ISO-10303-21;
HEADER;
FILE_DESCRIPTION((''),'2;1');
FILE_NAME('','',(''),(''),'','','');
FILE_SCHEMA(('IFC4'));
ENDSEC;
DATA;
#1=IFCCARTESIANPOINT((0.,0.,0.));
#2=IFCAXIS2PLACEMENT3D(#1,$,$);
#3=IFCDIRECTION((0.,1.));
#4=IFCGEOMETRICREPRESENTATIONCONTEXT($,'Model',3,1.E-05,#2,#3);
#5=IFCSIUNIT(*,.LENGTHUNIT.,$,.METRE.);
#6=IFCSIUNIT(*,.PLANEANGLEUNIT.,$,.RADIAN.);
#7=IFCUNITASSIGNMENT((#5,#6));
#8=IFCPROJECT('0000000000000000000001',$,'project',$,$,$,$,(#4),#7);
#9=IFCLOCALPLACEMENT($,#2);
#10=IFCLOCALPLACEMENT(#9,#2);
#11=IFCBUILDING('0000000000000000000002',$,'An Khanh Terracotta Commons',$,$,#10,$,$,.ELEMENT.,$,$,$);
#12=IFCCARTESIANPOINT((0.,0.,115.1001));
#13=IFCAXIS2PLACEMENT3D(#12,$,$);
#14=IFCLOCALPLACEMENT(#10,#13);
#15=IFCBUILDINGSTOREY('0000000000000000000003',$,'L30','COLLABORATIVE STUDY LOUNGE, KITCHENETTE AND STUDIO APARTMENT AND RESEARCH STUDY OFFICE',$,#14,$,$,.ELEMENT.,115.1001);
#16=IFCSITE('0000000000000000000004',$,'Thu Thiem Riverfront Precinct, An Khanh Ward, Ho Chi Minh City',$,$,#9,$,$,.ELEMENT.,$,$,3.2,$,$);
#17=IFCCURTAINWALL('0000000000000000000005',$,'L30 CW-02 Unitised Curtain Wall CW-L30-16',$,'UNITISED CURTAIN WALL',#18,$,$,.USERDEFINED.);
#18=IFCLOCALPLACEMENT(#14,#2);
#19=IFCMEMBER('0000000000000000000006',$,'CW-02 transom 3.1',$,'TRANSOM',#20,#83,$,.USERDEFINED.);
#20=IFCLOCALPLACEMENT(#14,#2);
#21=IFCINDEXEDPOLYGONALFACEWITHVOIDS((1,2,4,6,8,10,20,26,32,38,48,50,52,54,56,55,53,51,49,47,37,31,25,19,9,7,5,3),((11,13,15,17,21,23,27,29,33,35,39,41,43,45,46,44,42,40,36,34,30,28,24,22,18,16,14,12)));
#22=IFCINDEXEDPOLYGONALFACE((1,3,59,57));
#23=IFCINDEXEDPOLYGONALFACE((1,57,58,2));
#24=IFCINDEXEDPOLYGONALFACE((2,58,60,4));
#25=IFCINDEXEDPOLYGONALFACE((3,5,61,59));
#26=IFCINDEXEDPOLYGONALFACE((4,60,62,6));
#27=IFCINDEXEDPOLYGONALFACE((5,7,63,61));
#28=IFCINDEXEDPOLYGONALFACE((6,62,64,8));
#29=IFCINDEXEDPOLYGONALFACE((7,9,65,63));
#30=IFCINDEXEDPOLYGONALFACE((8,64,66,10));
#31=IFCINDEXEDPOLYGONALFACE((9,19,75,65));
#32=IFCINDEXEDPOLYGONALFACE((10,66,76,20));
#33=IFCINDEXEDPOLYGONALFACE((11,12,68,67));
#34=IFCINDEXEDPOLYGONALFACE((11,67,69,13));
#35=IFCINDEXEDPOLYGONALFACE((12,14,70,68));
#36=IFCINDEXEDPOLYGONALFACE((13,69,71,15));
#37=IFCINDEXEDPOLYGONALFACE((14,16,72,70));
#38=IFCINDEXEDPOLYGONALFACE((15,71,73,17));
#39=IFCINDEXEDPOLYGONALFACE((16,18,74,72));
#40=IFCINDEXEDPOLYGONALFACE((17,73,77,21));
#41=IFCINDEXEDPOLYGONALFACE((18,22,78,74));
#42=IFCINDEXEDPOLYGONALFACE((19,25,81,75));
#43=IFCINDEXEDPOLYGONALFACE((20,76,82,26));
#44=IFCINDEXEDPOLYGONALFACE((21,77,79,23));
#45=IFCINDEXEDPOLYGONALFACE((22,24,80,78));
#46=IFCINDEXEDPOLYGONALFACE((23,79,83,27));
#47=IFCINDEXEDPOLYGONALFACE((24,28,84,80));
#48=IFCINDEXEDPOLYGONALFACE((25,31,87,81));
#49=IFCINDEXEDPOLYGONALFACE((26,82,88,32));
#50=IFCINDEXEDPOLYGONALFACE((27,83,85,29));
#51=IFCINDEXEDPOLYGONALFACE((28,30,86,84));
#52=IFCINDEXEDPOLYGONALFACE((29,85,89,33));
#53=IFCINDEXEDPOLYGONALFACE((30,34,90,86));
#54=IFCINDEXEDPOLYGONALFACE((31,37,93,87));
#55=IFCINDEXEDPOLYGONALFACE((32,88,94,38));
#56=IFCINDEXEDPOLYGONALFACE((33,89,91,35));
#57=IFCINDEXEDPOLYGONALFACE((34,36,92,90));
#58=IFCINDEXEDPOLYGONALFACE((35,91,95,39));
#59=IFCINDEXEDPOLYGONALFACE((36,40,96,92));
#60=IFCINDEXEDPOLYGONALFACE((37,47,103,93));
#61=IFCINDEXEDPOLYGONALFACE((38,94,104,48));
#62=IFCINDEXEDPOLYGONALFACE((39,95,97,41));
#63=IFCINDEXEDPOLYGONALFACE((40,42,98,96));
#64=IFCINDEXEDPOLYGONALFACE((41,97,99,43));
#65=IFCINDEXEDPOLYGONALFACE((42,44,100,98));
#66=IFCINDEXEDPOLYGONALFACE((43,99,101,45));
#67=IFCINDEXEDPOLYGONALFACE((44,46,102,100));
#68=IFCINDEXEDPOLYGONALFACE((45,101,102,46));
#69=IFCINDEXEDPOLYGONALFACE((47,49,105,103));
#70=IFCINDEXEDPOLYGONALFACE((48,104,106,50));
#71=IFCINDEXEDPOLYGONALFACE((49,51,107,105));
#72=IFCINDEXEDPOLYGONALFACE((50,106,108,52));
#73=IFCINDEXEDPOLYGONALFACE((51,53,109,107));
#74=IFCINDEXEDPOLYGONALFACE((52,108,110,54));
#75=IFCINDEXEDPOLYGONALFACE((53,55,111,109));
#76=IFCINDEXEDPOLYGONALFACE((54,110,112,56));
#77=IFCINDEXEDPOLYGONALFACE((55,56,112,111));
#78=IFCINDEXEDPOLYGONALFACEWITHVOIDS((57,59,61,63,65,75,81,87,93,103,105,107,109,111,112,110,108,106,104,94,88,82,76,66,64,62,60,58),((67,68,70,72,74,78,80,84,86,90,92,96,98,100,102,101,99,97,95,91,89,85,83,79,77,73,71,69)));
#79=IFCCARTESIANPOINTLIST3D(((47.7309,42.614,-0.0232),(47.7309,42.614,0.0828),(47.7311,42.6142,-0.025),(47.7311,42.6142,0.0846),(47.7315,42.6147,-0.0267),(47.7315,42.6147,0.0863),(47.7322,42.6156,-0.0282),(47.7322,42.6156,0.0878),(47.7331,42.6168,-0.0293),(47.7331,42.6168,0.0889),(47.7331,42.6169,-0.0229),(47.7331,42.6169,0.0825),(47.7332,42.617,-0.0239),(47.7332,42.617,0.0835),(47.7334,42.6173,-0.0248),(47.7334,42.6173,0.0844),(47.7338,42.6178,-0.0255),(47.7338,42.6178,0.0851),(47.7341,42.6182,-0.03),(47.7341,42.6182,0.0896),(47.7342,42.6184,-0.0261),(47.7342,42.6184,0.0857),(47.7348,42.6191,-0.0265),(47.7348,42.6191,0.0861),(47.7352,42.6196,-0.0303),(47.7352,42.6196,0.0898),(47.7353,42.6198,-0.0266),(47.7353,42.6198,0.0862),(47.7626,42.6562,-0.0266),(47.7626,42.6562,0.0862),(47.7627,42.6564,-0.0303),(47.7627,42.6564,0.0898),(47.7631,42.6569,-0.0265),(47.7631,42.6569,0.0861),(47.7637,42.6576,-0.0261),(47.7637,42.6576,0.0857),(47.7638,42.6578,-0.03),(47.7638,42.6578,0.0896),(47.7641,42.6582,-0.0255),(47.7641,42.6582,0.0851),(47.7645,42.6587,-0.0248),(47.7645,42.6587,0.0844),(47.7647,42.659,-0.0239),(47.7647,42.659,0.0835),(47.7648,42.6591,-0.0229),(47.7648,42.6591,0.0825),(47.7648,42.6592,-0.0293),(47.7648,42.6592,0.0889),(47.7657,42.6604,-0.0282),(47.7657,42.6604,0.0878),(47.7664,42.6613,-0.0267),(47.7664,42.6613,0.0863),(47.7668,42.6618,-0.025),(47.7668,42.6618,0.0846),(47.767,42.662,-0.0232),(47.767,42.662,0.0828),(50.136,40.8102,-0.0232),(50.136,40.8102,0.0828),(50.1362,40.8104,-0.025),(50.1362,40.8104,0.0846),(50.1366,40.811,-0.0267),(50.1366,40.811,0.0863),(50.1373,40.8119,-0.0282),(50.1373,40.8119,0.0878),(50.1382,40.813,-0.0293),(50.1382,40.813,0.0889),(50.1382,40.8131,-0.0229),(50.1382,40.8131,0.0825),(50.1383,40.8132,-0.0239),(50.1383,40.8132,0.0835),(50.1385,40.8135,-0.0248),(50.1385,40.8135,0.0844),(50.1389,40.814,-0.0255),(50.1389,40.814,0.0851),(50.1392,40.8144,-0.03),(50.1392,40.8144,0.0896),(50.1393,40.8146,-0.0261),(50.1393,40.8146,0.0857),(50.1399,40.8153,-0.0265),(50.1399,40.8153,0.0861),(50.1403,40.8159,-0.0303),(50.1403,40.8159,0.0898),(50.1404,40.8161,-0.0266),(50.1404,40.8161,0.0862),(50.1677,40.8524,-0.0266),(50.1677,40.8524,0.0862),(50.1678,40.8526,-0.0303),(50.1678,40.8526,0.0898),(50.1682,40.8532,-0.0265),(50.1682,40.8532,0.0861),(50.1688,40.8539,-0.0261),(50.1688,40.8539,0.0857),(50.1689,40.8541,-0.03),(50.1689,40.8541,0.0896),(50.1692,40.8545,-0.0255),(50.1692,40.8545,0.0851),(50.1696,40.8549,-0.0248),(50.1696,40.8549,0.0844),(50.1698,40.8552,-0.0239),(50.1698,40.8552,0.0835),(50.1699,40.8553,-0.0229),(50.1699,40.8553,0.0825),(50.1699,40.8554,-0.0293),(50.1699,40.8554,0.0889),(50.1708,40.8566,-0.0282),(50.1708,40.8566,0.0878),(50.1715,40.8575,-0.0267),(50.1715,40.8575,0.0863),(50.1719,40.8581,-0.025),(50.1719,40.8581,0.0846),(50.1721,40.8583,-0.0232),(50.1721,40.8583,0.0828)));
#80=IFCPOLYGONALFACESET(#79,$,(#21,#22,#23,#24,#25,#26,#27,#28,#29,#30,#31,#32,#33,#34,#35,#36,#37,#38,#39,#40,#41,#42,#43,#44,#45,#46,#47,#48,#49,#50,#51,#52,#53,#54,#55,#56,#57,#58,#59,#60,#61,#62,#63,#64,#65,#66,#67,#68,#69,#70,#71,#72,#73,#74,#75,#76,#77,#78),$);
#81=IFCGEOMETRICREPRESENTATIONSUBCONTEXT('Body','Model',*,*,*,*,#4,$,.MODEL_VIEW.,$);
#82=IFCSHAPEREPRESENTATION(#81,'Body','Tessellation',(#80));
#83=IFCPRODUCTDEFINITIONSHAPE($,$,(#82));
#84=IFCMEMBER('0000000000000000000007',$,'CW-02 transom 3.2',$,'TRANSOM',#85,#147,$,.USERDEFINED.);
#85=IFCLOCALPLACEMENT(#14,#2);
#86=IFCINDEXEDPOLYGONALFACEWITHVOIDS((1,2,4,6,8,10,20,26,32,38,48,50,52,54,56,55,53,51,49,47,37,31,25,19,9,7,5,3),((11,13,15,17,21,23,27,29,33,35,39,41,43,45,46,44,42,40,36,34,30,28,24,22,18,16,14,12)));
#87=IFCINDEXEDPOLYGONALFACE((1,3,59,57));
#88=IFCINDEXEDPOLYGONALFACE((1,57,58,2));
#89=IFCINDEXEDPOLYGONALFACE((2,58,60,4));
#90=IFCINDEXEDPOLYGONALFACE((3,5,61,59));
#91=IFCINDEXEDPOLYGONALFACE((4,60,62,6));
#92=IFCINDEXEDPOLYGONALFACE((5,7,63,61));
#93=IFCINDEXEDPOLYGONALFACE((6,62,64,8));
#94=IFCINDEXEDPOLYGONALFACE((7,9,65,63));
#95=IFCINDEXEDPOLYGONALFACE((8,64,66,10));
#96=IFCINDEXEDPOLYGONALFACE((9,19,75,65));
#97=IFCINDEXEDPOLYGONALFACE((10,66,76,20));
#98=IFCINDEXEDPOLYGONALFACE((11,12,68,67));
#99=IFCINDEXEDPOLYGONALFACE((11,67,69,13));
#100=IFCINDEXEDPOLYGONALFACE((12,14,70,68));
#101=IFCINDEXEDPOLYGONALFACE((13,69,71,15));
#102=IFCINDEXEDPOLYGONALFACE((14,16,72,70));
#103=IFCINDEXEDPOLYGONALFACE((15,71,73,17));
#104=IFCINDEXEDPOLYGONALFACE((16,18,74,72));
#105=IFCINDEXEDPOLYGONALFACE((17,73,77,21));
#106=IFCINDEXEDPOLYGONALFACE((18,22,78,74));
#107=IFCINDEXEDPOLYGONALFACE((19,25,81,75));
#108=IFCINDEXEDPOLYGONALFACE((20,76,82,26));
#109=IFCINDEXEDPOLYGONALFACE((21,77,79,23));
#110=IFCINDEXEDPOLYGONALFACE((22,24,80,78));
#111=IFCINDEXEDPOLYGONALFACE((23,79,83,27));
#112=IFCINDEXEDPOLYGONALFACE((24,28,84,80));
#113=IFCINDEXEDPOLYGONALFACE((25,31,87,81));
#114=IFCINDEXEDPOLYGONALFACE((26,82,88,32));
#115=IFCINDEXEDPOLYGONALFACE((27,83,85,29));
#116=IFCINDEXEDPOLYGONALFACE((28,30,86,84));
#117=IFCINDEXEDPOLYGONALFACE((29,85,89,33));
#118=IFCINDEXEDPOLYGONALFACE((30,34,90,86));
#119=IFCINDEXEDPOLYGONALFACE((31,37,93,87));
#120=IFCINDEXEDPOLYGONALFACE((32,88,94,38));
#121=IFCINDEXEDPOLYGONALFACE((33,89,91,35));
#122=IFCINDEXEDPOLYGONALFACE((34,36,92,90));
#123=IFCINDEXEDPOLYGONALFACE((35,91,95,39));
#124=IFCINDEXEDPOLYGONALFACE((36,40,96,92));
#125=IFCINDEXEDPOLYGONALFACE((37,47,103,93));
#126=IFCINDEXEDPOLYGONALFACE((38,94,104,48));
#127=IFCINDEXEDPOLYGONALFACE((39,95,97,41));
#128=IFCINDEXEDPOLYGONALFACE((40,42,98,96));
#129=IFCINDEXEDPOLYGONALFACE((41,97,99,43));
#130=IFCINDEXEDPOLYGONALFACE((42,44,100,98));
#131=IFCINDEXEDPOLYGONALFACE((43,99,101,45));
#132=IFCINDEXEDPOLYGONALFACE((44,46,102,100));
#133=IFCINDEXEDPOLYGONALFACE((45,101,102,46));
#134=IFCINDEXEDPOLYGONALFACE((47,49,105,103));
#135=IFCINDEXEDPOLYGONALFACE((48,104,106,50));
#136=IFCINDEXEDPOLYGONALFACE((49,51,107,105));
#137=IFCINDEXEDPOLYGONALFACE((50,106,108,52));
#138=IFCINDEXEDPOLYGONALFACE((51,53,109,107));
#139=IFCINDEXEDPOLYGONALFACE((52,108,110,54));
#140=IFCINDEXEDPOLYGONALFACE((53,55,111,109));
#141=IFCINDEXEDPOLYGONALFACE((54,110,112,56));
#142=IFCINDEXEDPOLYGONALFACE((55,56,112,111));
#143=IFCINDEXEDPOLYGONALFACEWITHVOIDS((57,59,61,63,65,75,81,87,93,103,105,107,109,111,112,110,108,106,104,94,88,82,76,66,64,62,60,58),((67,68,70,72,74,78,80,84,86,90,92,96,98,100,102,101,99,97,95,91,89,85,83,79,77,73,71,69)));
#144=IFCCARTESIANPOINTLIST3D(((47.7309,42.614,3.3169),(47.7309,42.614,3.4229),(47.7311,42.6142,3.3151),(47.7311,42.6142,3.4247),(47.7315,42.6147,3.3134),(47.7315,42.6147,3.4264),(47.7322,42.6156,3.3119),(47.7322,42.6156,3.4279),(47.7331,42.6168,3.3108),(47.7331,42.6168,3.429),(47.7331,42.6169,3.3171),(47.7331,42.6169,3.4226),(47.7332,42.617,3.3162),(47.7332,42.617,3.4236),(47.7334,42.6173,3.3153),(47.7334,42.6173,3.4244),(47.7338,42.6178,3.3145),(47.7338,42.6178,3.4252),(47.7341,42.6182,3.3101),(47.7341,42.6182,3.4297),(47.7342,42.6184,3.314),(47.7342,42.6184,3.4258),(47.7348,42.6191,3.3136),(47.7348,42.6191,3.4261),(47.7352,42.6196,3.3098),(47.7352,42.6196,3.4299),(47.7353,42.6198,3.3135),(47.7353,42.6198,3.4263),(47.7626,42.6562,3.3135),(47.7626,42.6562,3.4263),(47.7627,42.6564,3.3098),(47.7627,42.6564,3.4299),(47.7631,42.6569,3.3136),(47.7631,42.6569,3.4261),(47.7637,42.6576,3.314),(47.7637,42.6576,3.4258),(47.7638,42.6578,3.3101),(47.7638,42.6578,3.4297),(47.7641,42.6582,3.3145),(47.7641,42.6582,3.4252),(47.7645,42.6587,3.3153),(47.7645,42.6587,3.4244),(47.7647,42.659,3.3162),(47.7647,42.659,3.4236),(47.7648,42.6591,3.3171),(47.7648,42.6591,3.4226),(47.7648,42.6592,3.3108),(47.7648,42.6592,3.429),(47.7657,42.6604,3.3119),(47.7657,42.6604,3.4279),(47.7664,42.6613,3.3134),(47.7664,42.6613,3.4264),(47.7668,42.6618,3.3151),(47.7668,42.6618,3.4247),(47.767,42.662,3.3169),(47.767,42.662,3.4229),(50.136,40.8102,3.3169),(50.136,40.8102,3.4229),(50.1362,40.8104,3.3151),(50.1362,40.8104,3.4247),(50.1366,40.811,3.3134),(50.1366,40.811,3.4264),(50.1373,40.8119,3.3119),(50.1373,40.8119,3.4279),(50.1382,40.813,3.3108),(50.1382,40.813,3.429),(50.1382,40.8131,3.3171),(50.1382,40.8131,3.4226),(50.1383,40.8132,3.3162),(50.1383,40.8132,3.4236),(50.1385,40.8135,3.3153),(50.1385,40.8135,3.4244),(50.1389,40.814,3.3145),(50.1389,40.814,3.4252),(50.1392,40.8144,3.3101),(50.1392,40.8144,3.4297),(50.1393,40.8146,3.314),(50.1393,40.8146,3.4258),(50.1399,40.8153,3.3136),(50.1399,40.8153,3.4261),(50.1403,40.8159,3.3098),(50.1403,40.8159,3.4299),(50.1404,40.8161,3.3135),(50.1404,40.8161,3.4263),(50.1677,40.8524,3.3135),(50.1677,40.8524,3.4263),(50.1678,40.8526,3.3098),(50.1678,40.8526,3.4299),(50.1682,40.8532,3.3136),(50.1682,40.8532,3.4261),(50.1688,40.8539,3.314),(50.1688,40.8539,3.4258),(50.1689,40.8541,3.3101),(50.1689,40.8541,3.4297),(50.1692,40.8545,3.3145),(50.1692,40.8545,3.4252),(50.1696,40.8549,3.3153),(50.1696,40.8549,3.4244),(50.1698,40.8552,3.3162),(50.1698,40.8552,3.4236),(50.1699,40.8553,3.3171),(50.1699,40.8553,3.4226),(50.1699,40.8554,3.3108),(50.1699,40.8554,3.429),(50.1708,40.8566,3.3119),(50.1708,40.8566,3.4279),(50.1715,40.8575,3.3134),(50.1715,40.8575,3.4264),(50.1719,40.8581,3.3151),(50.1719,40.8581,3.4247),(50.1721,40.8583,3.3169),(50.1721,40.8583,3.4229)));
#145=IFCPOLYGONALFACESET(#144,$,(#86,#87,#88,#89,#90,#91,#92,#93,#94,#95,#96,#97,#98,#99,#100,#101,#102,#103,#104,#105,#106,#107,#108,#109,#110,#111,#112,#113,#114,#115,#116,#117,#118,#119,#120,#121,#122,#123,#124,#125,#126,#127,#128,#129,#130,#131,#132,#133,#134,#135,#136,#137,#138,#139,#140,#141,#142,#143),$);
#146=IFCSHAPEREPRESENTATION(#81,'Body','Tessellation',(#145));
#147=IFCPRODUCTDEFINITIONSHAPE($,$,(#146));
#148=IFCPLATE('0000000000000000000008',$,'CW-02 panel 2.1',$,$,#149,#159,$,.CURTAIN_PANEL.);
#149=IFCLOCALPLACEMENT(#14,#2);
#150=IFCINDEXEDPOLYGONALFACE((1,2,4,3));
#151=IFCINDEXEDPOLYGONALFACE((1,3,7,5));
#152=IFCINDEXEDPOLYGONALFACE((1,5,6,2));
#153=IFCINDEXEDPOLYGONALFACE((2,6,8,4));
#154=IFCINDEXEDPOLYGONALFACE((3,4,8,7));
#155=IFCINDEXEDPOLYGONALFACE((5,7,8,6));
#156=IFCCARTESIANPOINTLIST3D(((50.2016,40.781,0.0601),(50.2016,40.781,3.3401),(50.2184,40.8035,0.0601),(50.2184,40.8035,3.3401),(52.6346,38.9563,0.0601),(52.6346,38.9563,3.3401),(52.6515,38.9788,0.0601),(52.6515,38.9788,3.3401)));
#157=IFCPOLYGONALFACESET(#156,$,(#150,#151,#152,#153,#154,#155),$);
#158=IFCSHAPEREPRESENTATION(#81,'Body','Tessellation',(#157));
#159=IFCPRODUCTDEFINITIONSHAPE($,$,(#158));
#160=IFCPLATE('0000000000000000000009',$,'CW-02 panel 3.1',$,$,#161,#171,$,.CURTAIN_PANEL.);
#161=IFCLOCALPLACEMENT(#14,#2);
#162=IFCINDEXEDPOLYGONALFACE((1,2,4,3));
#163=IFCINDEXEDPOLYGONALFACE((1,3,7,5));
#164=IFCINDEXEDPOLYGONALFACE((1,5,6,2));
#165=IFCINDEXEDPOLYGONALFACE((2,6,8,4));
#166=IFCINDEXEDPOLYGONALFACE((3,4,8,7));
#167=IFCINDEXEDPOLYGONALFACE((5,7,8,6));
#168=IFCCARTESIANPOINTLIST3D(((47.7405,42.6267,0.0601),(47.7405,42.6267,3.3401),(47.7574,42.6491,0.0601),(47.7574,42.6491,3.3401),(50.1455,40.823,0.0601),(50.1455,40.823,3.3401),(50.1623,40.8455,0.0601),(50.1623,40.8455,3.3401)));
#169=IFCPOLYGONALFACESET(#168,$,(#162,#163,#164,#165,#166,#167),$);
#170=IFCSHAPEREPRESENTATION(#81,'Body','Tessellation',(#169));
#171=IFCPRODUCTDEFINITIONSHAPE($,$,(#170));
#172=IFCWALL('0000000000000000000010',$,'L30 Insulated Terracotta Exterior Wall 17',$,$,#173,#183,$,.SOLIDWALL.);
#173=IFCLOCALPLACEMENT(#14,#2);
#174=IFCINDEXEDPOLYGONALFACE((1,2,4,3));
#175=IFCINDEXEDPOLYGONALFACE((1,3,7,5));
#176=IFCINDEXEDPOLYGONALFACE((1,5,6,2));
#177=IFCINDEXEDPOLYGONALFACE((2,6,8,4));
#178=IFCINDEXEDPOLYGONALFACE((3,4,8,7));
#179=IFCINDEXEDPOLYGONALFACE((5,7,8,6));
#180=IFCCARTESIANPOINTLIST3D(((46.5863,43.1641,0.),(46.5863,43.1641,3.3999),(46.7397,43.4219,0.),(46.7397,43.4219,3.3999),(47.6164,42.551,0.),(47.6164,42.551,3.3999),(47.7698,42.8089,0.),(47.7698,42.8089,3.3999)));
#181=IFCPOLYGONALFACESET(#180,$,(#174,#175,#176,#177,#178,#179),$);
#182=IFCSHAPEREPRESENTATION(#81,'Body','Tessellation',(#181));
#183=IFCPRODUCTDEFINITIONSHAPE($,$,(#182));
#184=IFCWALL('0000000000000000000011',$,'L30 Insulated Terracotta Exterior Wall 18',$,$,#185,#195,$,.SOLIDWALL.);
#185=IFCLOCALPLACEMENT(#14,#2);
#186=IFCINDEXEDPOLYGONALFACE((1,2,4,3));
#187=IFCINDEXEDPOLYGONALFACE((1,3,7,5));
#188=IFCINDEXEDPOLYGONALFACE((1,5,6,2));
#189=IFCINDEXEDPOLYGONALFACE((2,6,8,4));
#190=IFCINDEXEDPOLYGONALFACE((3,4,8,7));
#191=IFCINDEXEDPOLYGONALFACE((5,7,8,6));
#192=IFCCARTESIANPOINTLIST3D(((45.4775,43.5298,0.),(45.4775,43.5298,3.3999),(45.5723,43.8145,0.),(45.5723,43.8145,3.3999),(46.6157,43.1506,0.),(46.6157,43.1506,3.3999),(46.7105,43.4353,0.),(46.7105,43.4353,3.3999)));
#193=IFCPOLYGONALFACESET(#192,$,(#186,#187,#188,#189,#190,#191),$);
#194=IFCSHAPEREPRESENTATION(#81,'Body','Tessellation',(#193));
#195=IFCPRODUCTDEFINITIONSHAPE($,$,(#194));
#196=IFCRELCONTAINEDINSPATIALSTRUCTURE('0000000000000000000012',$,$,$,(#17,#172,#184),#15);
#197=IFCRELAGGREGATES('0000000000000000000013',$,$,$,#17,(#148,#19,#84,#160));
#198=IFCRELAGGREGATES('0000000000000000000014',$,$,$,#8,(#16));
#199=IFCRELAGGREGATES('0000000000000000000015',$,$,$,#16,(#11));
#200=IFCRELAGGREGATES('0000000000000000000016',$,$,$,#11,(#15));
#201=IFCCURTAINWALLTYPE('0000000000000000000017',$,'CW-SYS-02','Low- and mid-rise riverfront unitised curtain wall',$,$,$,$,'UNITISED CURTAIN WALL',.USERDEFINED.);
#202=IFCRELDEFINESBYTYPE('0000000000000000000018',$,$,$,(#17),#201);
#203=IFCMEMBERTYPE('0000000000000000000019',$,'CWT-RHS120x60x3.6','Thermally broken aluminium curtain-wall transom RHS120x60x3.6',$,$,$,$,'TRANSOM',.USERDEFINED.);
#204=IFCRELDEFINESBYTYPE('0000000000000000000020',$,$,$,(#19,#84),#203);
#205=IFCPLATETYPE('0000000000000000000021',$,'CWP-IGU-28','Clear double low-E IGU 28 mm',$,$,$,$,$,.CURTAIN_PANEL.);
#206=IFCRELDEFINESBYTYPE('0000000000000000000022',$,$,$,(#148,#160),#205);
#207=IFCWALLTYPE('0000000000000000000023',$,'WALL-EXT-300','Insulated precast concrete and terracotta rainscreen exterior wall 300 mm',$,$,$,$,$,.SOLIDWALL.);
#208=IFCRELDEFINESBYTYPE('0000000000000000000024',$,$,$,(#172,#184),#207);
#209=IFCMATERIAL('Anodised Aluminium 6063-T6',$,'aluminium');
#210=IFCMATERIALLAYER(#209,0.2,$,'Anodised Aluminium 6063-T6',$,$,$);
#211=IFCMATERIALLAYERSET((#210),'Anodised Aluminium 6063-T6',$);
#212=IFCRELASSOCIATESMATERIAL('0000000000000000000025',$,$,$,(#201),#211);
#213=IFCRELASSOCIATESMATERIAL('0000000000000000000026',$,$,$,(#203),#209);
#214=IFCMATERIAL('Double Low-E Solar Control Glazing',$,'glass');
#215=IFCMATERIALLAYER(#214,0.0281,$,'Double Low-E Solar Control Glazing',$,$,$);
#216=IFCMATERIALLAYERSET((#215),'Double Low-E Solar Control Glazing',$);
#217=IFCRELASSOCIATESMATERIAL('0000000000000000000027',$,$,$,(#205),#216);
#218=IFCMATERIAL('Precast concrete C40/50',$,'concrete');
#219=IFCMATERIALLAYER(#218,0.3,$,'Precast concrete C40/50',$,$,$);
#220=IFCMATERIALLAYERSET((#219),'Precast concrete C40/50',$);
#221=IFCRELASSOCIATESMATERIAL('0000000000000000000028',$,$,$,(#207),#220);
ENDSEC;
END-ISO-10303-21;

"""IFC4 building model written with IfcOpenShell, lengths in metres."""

from ifc_helpers import new_model, si_unit, direction, frame, frame_2d, origin, origin_2d, place, context, subcontext, project, spatial, rectangle, hollow_rectangle, extrude, material, layer, layer_set, material_profile, profile_set, type_object, element, aggregate, save


model = new_model("IFC4")

# Units and contexts
model_context = context("Model", 3, precision=1e-05, world=origin(), true_north=direction((0.0, 1.0)))
body_context = subcontext(model_context, "Body", "Model", "MODEL_VIEW")
ifc_project = project(units=[si_unit("LENGTHUNIT", "METRE"), si_unit("PLANEANGLEUNIT", "RADIAN")], contexts=[model_context])

# Site, building, storey
site_placement = place(None, origin())
site = spatial("IfcSite", under=ifc_project, at=site_placement, Name="Thu Thiem Riverfront Precinct, An Khanh Ward, Ho Chi Minh City", CompositionType="ELEMENT", RefElevation=3.2)
building_placement = place(site_placement, origin())
building = spatial("IfcBuilding", under=site, at=building_placement, Name="An Khanh Terracotta Commons", CompositionType="ELEMENT")
storey_placement = place(building_placement, frame((0.0, 0.0, 115.1001)))
storey = spatial("IfcBuildingStorey", under=building, at=storey_placement, Name="L30", Description="COLLABORATIVE STUDY LOUNGE, KITCHENETTE AND STUDIO APARTMENT AND RESEARCH STUDY OFFICE", CompositionType="ELEMENT", Elevation=115.1001)

# Curtain wall, members, plates
ifc_material_1 = material(Name="Anodised Aluminium 6063-T6", Category="aluminium")
ifc_layer_1 = layer(ifc_material_1, 0.2, Name="Anodised Aluminium 6063-T6")
ifc_layer_set_1 = layer_set([ifc_layer_1], Name="Anodised Aluminium 6063-T6")
curtain_wall_type = type_object("IfcCurtainWallType", Name="CW-SYS-02", Description="Low- and mid-rise riverfront unitised curtain wall", ElementType="UNITISED CURTAIN WALL", PredefinedType="USERDEFINED", material=ifc_layer_set_1)
curtain_wall_placement = place(storey_placement, origin())
curtain_wall = element("IfcCurtainWall", 1, at=curtain_wall_placement, inside=storey, type_object=curtain_wall_type, Name="L30 CW-02 Unitised Curtain Wall CW-L30-16", ObjectType="UNITISED CURTAIN WALL", PredefinedType="USERDEFINED")
ifc_material_profile_1 = material_profile(ifc_material_1, hollow_rectangle(XDim=0.0601, YDim=0.1201, WallThickness=0.0037, InnerFilletRadius=0.0037, OuterFilletRadius=0.0071, at=origin_2d()), Name="RHS120x60x3.6")
ifc_profile_set_1 = profile_set([ifc_material_profile_1], Name="Anodised Aluminium 6063-T6")
member_type_1 = type_object("IfcMemberType", Name="CWT-RHS120x60x3.6", Description="Thermally broken aluminium curtain-wall transom RHS120x60x3.6", ElementType="TRANSOM", PredefinedType="USERDEFINED", material=ifc_profile_set_1)
member_1_placement = place(storey_placement, frame((50.1541, 40.8342, 0.0298), z_axis=(-0.80001, 0.599987, 0.0), x_axis=(-0.599987, -0.80001, 0.0)))
member_1 = element("IfcMember", 2, at=member_1_placement, type_object=member_type_1, Name="CW-02 transom 3.1", ObjectType="TRANSOM", PredefinedType="USERDEFINED", context=body_context, shape_type="SweptSolid", body=[
    extrude(hollow_rectangle(XDim=0.0601, YDim=0.1201, WallThickness=0.0037, InnerFilletRadius=0.0037, OuterFilletRadius=0.0071, at=origin_2d()), origin(), (0.0, 0.0, 1.0), 3.0063),
])
member_2_placement = place(storey_placement, frame((50.1541, 40.8342, 3.3699), z_axis=(-0.80001, 0.599987, 0.0), x_axis=(-0.599987, -0.80001, 0.0)))
member_2 = element("IfcMember", 3, at=member_2_placement, type_object=member_type_1, Name="CW-02 transom 3.2", ObjectType="TRANSOM", PredefinedType="USERDEFINED", context=body_context, shape_type="SweptSolid", body=[
    extrude(hollow_rectangle(XDim=0.0601, YDim=0.1201, WallThickness=0.0037, InnerFilletRadius=0.0037, OuterFilletRadius=0.0071, at=origin_2d()), origin(), (0.0, 0.0, 1.0), 3.0063),
])
ifc_material_2 = material(Name="Double Low-E Solar Control Glazing", Category="glass")
ifc_layer_2 = layer(ifc_material_2, 0.0281, Name="Double Low-E Solar Control Glazing")
ifc_layer_set_2 = layer_set([ifc_layer_2], Name="Double Low-E Solar Control Glazing")
plate_type = type_object("IfcPlateType", Name="CWP-IGU-28", Description="Clear double low-E IGU 28 mm", PredefinedType="CURTAIN_PANEL", material=ifc_layer_set_2)
plate_1_placement = place(storey_placement, frame((51.4265, 39.8799, 0.0601), z_axis=(0.0, 0.0, 1.0), x_axis=(-0.800013, 0.599983, 0.0)))
plate_1 = element("IfcPlate", 4, at=plate_1_placement, type_object=plate_type, Name="CW-02 panel 2.1", PredefinedType="CURTAIN_PANEL", context=body_context, shape_type="SweptSolid", body=[
    extrude(rectangle(XDim=3.0413, YDim=0.0281, at=origin_2d()), origin(), (0.0, 0.0, 1.0), 3.28),
])
plate_2_placement = place(storey_placement, frame((48.9514, 41.7361, 0.0601), z_axis=(0.0, 0.0, 1.0), x_axis=(-0.800013, 0.599983, 0.0)))
plate_2 = element("IfcPlate", 5, at=plate_2_placement, type_object=plate_type, Name="CW-02 panel 3.1", PredefinedType="CURTAIN_PANEL", context=body_context, shape_type="SweptSolid", body=[
    extrude(rectangle(XDim=3.0061, YDim=0.0281, at=origin_2d()), origin(), (0.0, 0.0, 1.0), 3.28),
])
aggregate(curtain_wall, [plate_1, member_1, member_2, plate_2])

# Walls
ifc_material_3 = material(Name="Precast concrete C40/50", Category="concrete")
ifc_layer_3 = layer(ifc_material_3, 0.3, Name="Precast concrete C40/50")
ifc_layer_set_3 = layer_set([ifc_layer_3], Name="Precast concrete C40/50")
wall_type = type_object("IfcWallType", Name="WALL-EXT-300", Description="Insulated precast concrete and terracotta rainscreen exterior wall 300 mm", PredefinedType="SOLIDWALL", material=ifc_layer_set_3)
wall_1_placement = place(storey_placement, frame((47.6931, 42.6799, 0.0), z_axis=(0.0, 0.0, 1.0), x_axis=(-0.859321, 0.511437, 0.0)))
element("IfcWall", 6, at=wall_1_placement, inside=storey, type_object=wall_type, Name="L30 Insulated Terracotta Exterior Wall 17", PredefinedType="SOLIDWALL", context=body_context, shape_type="SweptSolid", body=[
    extrude(rectangle(XDim=1.1987, YDim=0.3, at=frame_2d((0.5994, 0.0))), origin(), (0.0, 0.0, 1.0), 3.3999),
])
wall_2_placement = place(storey_placement, frame((46.6631, 43.293, 0.0), z_axis=(0.0, 0.0, 1.0), x_axis=(-0.948744, 0.316045, 0.0)))
element("IfcWall", 7, at=wall_2_placement, inside=storey, type_object=wall_type, Name="L30 Insulated Terracotta Exterior Wall 18", PredefinedType="SOLIDWALL", context=body_context, shape_type="SweptSolid", body=[
    extrude(rectangle(XDim=1.1997, YDim=0.3, at=frame_2d((0.5999, 0.0))), origin(), (0.0, 0.0, 1.0), 3.3999),
])

save(model, "model.ifc")
